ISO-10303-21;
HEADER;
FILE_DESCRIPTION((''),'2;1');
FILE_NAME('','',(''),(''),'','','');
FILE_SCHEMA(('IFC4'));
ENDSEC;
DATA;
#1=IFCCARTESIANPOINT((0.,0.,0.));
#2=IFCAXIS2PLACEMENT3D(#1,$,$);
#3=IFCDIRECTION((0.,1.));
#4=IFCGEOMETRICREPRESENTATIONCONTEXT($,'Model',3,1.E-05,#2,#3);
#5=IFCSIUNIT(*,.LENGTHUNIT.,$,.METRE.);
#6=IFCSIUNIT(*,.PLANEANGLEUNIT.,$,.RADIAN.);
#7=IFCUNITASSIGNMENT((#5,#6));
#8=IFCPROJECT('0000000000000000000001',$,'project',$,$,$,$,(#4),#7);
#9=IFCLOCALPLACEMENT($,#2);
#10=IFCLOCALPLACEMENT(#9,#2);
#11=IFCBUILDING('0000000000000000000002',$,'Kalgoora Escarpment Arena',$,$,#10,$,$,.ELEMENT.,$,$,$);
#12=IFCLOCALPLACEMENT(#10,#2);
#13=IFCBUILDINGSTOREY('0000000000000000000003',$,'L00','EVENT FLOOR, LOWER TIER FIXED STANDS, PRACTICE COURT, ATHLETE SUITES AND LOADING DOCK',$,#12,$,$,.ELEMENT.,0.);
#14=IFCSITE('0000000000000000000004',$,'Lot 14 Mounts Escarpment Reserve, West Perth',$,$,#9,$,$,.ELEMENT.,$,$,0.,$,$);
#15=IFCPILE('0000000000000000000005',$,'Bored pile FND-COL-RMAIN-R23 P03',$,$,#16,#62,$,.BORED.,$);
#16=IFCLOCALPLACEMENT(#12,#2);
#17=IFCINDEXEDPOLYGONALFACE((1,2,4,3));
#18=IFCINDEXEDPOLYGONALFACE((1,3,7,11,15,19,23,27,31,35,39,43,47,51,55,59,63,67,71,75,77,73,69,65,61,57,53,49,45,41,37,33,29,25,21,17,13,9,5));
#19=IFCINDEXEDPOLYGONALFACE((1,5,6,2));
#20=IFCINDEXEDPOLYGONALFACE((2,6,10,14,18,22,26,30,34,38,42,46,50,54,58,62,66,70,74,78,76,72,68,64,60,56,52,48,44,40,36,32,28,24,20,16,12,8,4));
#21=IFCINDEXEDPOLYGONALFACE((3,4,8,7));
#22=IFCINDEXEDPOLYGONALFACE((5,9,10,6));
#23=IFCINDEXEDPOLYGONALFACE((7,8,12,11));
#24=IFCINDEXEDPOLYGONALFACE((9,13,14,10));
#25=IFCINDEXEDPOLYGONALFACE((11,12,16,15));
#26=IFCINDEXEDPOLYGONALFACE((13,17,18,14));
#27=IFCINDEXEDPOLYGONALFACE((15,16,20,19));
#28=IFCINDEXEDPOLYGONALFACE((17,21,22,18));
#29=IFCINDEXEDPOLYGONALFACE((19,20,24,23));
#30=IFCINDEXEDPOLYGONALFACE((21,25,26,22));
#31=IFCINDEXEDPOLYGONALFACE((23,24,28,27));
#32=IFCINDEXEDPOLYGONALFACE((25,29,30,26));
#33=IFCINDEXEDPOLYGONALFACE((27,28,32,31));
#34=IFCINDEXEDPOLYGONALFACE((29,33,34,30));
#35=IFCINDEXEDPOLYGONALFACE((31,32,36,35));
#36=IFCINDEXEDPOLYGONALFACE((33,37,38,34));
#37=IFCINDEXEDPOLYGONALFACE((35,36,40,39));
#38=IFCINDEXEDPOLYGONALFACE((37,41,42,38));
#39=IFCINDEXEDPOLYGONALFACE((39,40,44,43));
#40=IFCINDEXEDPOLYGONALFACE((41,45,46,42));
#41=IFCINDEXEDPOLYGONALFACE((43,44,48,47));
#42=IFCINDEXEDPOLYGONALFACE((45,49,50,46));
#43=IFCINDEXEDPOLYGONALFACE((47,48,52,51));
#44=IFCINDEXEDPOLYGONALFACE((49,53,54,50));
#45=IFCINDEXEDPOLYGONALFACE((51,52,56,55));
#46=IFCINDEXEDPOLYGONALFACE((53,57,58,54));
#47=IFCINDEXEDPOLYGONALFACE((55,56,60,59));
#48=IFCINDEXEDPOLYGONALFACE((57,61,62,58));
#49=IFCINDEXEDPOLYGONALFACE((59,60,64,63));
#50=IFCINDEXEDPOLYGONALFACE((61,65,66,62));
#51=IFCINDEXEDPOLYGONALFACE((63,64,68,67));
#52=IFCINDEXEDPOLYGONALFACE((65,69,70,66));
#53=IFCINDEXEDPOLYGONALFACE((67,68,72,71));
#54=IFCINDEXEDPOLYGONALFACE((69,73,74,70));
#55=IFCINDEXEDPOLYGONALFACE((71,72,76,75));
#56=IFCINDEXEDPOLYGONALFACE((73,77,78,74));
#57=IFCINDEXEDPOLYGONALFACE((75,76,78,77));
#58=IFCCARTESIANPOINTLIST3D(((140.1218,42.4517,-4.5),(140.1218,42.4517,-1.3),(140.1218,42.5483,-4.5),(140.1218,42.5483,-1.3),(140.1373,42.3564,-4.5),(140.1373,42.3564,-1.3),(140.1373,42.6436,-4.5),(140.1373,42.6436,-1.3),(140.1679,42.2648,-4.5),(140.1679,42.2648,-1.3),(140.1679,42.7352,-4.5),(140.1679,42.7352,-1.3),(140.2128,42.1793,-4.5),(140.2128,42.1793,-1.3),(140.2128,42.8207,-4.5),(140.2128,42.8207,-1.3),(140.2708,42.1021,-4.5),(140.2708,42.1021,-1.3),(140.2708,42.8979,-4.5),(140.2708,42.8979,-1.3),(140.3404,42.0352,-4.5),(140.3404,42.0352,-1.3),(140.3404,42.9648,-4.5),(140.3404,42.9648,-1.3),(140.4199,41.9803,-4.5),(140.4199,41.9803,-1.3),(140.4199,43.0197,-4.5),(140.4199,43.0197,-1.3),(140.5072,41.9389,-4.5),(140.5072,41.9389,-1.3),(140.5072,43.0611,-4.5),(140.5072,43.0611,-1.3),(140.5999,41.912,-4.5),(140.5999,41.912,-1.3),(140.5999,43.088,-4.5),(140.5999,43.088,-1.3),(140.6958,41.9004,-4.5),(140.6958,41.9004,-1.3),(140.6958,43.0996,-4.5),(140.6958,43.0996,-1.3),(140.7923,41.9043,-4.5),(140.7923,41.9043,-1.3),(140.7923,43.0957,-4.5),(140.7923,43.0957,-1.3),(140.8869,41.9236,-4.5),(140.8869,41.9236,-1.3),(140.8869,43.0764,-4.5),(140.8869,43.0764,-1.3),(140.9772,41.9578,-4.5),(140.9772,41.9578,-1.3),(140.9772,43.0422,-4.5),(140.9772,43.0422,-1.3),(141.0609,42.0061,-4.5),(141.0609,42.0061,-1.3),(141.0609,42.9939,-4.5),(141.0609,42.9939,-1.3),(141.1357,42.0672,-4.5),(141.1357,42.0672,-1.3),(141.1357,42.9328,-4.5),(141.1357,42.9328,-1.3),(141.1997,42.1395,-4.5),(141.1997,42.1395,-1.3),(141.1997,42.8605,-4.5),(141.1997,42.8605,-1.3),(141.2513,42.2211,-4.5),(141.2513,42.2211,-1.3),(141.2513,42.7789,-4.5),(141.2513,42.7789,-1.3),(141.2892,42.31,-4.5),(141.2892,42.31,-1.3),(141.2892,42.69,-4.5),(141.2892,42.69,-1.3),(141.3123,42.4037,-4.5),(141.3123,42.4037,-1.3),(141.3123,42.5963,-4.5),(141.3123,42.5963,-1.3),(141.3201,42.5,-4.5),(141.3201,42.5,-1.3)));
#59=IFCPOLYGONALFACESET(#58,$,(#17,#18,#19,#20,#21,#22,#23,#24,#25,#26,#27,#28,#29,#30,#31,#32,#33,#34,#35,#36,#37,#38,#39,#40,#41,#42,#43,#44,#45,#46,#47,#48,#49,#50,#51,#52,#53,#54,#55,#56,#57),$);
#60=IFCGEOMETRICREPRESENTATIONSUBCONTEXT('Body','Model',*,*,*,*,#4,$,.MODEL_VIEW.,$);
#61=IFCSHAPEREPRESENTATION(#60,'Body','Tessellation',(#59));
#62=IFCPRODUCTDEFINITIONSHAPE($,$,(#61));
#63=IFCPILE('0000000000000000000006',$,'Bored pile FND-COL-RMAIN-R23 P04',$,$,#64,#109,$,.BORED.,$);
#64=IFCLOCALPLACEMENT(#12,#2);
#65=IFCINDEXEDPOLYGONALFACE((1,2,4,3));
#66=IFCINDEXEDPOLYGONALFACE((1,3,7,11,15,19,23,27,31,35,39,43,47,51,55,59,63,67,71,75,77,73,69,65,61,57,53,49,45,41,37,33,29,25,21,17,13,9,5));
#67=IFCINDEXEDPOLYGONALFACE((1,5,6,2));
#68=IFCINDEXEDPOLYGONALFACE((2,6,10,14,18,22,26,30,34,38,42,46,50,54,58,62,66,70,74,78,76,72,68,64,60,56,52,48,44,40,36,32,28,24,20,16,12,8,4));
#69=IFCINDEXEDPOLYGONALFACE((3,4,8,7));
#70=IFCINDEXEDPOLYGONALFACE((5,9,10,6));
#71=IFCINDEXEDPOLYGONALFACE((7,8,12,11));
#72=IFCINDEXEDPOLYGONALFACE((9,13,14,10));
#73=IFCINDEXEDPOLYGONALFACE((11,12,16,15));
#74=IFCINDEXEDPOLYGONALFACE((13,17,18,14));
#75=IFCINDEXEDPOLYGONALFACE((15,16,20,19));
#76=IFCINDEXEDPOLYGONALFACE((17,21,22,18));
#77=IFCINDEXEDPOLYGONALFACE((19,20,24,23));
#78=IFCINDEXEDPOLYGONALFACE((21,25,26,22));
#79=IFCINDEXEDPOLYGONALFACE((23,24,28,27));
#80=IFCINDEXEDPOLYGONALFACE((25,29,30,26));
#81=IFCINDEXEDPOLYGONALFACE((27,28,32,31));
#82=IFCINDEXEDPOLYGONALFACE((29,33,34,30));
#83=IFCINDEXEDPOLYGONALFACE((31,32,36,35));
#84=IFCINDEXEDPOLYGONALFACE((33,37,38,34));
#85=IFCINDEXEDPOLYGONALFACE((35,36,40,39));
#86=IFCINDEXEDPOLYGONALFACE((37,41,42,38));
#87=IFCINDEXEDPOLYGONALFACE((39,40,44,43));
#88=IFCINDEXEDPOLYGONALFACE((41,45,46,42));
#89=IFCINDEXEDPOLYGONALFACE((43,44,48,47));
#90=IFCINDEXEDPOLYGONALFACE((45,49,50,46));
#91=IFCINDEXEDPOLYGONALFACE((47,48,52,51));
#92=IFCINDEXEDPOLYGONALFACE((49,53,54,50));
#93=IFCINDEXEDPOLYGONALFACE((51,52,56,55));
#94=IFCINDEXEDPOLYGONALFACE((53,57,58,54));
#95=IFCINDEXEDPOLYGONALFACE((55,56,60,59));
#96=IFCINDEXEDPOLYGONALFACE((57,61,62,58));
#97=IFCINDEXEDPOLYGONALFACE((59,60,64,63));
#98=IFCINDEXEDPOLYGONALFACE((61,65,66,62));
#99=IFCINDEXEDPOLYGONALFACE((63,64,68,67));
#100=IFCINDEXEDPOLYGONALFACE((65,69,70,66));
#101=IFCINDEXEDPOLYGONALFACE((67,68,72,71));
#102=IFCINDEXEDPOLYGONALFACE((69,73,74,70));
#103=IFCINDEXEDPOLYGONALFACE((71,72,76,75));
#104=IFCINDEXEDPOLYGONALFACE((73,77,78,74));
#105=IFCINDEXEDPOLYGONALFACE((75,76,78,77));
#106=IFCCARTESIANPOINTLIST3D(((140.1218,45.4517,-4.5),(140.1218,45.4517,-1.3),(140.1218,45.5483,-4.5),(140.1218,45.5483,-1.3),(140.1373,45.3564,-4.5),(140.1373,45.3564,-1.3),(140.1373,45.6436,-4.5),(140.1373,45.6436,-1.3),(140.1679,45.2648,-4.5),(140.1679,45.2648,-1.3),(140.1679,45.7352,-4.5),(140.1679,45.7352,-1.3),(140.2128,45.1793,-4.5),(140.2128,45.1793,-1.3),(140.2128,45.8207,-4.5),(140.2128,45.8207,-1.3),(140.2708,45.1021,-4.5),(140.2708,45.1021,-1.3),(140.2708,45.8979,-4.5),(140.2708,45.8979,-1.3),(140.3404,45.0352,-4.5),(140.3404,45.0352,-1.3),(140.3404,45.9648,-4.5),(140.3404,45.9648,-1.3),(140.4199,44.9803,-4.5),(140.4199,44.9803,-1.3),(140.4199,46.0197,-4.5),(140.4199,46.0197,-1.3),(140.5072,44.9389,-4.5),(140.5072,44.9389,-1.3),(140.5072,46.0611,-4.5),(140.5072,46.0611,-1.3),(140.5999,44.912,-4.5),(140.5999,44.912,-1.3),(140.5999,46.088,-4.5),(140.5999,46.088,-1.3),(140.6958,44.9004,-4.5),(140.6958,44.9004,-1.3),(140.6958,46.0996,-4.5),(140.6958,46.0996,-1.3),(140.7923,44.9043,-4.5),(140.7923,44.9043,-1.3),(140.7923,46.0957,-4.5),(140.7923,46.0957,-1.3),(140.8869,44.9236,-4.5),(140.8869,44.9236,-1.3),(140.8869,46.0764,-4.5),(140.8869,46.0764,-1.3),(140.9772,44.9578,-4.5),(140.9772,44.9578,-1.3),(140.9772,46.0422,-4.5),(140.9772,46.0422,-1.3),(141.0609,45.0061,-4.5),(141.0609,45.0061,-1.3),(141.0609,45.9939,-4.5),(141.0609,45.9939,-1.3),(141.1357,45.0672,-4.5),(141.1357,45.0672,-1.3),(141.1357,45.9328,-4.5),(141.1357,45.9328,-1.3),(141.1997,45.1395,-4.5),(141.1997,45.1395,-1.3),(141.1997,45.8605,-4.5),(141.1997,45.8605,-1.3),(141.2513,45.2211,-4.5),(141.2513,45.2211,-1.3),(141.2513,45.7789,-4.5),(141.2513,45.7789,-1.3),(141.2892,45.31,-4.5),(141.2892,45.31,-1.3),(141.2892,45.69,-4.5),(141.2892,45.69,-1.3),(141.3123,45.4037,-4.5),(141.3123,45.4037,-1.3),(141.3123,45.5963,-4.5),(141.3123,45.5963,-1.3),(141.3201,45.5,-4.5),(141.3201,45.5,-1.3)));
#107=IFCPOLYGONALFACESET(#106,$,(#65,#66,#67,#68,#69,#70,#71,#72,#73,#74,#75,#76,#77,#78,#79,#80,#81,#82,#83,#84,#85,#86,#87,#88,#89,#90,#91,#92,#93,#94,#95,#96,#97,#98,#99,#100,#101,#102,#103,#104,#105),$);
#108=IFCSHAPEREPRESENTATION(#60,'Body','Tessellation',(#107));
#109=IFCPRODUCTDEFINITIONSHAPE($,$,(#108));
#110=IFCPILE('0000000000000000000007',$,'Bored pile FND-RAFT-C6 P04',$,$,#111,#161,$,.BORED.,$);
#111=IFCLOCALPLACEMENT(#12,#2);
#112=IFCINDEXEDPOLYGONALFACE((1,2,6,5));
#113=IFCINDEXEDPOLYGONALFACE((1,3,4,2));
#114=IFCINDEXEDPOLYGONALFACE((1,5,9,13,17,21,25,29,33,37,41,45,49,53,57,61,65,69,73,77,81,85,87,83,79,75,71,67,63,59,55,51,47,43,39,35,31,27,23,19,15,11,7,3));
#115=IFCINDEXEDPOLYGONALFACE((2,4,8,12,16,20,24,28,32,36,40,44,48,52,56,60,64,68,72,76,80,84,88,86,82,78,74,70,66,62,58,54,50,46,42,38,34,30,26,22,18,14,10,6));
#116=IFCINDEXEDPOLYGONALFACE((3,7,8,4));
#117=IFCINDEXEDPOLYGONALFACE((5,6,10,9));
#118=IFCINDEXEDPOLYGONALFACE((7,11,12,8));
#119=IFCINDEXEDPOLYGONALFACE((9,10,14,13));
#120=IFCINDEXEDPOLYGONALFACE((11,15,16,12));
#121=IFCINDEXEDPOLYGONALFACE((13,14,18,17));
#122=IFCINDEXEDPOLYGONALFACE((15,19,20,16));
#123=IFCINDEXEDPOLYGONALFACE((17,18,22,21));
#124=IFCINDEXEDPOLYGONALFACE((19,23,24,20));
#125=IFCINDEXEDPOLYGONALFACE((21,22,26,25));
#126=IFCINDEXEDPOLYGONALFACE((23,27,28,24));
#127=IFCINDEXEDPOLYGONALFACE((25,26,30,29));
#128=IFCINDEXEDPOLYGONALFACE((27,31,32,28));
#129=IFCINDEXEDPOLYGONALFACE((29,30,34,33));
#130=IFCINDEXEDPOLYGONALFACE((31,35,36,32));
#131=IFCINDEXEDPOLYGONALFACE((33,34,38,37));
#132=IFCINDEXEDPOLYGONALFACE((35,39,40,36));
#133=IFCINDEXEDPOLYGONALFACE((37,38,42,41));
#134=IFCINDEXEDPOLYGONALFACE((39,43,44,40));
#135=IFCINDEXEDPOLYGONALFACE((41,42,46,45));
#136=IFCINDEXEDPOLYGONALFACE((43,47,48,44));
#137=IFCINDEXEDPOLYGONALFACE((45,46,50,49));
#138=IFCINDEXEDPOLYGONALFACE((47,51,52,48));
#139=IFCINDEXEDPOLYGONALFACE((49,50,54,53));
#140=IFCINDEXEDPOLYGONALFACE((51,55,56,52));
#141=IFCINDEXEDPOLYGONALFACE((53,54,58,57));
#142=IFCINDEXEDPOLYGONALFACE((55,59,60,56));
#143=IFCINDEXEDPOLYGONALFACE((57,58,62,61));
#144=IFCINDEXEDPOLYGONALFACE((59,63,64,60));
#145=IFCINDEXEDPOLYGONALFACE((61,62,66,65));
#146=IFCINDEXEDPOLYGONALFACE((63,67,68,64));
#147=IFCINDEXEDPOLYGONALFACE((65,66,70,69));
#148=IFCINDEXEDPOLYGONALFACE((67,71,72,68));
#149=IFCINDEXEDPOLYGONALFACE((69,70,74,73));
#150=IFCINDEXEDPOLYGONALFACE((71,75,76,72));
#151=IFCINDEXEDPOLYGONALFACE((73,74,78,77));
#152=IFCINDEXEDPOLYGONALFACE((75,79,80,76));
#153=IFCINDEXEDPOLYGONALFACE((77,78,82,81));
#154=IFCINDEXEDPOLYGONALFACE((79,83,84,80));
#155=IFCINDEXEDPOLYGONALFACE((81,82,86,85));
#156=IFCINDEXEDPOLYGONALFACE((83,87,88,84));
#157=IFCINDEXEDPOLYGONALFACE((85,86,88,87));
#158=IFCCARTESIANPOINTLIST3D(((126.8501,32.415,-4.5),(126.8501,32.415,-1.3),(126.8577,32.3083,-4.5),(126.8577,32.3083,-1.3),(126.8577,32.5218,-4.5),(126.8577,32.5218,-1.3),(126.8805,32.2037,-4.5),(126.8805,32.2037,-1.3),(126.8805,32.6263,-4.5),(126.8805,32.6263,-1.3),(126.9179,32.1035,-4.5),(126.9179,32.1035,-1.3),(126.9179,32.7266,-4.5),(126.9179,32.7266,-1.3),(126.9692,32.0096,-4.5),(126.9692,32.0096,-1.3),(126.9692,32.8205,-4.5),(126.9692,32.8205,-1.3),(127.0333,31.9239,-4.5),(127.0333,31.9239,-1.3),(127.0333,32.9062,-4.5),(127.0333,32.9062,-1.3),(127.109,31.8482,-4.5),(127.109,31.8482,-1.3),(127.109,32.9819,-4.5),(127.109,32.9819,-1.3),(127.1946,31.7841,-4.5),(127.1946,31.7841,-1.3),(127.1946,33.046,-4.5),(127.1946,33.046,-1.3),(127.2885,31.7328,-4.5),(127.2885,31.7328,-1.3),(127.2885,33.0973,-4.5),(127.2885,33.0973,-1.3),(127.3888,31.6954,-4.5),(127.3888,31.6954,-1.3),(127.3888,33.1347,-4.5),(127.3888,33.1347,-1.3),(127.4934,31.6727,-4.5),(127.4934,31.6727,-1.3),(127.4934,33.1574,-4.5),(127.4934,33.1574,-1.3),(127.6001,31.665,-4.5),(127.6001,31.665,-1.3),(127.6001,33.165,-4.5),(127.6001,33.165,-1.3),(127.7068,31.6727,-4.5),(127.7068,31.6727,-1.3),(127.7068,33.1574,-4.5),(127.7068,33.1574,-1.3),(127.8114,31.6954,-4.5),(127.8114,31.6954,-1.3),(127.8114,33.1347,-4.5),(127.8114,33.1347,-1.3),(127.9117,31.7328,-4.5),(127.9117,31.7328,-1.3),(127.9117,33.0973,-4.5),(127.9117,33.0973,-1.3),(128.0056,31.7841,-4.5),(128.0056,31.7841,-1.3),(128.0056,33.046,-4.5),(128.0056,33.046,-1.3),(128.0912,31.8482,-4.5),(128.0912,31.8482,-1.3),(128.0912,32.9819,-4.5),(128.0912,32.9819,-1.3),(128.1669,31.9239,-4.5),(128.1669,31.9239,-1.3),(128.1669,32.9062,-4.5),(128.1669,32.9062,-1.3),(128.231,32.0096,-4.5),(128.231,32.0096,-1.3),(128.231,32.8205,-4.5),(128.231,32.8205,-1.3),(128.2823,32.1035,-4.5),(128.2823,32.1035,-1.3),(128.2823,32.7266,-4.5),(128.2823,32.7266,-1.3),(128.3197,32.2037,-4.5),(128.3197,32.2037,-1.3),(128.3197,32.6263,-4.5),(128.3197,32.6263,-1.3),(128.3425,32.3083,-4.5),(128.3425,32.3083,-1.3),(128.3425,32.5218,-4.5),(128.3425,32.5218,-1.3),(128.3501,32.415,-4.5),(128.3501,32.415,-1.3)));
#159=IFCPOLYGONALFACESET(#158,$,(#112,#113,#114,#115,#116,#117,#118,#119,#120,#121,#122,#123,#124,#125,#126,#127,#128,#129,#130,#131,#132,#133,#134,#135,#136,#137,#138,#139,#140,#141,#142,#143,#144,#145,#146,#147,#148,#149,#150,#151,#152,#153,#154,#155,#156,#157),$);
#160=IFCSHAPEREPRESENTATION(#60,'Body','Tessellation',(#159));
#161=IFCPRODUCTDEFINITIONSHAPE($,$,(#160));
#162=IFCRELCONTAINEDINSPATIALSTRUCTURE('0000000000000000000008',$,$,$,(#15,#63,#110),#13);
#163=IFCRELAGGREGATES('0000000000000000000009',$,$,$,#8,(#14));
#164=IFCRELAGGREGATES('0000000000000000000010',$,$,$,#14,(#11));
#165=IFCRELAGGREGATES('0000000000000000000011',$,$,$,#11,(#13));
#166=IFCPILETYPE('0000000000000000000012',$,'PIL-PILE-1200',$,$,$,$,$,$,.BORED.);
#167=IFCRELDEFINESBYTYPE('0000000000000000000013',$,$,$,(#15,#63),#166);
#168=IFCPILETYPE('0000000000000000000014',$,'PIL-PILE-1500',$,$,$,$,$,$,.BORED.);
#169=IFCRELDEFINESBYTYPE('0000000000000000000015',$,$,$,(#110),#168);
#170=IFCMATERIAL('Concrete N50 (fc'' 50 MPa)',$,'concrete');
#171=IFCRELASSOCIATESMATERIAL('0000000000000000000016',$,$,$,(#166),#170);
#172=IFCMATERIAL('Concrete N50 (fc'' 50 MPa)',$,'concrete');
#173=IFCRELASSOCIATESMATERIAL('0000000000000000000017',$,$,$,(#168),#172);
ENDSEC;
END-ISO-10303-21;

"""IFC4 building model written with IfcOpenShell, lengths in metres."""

from ifc_helpers import new_model, si_unit, direction, frame, origin, origin_2d, place, context, subcontext, project, spatial, circle, extrude, material, material_profile, profile_set, type_object, element, save


model = new_model("IFC4")

# Units and contexts
model_context = context("Model", 3, precision=1e-05, world=origin(), true_north=direction((0.0, 1.0)))
body_context = subcontext(model_context, "Body", "Model", "MODEL_VIEW")
ifc_project = project(units=[si_unit("LENGTHUNIT", "METRE"), si_unit("PLANEANGLEUNIT", "RADIAN")], contexts=[model_context])

# Site, building, storey
site_placement = place(None, origin())
site = spatial("IfcSite", under=ifc_project, at=site_placement, Name="Lot 14 Mounts Escarpment Reserve, West Perth", CompositionType="ELEMENT", RefElevation=0.0)
building_placement = place(site_placement, origin())
building = spatial("IfcBuilding", under=site, at=building_placement, Name="Kalgoora Escarpment Arena", CompositionType="ELEMENT")
storey_placement = place(building_placement, origin())
storey = spatial("IfcBuildingStorey", under=building, at=storey_placement, Name="L00", Description="EVENT FLOOR, LOWER TIER FIXED STANDS, PRACTICE COURT, ATHLETE SUITES AND LOADING DOCK", CompositionType="ELEMENT", Elevation=0.0)

# Piles
ifc_material_1 = material(Name="Concrete N50 (fc' 50 MPa)", Category="concrete")
ifc_material_profile_1 = material_profile(ifc_material_1, circle(Radius=0.6001, at=origin_2d()))
ifc_profile_set_1 = profile_set([ifc_material_profile_1], Name="Concrete N50 (fc' 50 MPa)")
pile_type_1 = type_object("IfcPileType", Name="PIL-PILE-1200", PredefinedType="BORED", material=ifc_profile_set_1)
for number, where, z_axis, x_axis, name in (
    (1, (140.72, 42.5, -1.3), (0.0, 0.0, -1.0), (1.0, 0.0, 0.0), "Bored pile FND-COL-RMAIN-R23 P03"),
    (2, (140.72, 45.5, -1.3), (0.0, 0.0, -1.0), (1.0, 0.0, 0.0), "Bored pile FND-COL-RMAIN-R23 P04"),
):
    element("IfcPile", number, at=place(storey_placement, frame(where, z_axis=z_axis, x_axis=x_axis)), inside=storey, type_object=pile_type_1, Name=name, PredefinedType="BORED", context=body_context, shape_type="SweptSolid", body=[
        extrude(circle(Radius=0.6001, at=origin_2d()), origin(), (0.0, 0.0, 1.0), 3.2),
    ])
ifc_material_2 = material(Name="Concrete N50 (fc' 50 MPa)", Category="concrete")
ifc_material_profile_2 = material_profile(ifc_material_2, circle(Radius=0.75, at=origin_2d()))
ifc_profile_set_2 = profile_set([ifc_material_profile_2], Name="Concrete N50 (fc' 50 MPa)")
pile_type_2 = type_object("IfcPileType", Name="PIL-PILE-1500", PredefinedType="BORED", material=ifc_profile_set_2)
for number, where, z_axis, x_axis, name in (
    (3, (127.6001, 32.415, -1.3), (0.0, 0.0, -1.0), (1.0, 0.0, 0.0), "Bored pile FND-RAFT-C6 P04"),
):
    element("IfcPile", number, at=place(storey_placement, frame(where, z_axis=z_axis, x_axis=x_axis)), inside=storey, type_object=pile_type_2, Name=name, PredefinedType="BORED", context=body_context, shape_type="SweptSolid", body=[
        extrude(circle(Radius=0.75, at=origin_2d()), origin(), (0.0, 0.0, 1.0), 3.2),
    ])

save(model, "model.ifc")
